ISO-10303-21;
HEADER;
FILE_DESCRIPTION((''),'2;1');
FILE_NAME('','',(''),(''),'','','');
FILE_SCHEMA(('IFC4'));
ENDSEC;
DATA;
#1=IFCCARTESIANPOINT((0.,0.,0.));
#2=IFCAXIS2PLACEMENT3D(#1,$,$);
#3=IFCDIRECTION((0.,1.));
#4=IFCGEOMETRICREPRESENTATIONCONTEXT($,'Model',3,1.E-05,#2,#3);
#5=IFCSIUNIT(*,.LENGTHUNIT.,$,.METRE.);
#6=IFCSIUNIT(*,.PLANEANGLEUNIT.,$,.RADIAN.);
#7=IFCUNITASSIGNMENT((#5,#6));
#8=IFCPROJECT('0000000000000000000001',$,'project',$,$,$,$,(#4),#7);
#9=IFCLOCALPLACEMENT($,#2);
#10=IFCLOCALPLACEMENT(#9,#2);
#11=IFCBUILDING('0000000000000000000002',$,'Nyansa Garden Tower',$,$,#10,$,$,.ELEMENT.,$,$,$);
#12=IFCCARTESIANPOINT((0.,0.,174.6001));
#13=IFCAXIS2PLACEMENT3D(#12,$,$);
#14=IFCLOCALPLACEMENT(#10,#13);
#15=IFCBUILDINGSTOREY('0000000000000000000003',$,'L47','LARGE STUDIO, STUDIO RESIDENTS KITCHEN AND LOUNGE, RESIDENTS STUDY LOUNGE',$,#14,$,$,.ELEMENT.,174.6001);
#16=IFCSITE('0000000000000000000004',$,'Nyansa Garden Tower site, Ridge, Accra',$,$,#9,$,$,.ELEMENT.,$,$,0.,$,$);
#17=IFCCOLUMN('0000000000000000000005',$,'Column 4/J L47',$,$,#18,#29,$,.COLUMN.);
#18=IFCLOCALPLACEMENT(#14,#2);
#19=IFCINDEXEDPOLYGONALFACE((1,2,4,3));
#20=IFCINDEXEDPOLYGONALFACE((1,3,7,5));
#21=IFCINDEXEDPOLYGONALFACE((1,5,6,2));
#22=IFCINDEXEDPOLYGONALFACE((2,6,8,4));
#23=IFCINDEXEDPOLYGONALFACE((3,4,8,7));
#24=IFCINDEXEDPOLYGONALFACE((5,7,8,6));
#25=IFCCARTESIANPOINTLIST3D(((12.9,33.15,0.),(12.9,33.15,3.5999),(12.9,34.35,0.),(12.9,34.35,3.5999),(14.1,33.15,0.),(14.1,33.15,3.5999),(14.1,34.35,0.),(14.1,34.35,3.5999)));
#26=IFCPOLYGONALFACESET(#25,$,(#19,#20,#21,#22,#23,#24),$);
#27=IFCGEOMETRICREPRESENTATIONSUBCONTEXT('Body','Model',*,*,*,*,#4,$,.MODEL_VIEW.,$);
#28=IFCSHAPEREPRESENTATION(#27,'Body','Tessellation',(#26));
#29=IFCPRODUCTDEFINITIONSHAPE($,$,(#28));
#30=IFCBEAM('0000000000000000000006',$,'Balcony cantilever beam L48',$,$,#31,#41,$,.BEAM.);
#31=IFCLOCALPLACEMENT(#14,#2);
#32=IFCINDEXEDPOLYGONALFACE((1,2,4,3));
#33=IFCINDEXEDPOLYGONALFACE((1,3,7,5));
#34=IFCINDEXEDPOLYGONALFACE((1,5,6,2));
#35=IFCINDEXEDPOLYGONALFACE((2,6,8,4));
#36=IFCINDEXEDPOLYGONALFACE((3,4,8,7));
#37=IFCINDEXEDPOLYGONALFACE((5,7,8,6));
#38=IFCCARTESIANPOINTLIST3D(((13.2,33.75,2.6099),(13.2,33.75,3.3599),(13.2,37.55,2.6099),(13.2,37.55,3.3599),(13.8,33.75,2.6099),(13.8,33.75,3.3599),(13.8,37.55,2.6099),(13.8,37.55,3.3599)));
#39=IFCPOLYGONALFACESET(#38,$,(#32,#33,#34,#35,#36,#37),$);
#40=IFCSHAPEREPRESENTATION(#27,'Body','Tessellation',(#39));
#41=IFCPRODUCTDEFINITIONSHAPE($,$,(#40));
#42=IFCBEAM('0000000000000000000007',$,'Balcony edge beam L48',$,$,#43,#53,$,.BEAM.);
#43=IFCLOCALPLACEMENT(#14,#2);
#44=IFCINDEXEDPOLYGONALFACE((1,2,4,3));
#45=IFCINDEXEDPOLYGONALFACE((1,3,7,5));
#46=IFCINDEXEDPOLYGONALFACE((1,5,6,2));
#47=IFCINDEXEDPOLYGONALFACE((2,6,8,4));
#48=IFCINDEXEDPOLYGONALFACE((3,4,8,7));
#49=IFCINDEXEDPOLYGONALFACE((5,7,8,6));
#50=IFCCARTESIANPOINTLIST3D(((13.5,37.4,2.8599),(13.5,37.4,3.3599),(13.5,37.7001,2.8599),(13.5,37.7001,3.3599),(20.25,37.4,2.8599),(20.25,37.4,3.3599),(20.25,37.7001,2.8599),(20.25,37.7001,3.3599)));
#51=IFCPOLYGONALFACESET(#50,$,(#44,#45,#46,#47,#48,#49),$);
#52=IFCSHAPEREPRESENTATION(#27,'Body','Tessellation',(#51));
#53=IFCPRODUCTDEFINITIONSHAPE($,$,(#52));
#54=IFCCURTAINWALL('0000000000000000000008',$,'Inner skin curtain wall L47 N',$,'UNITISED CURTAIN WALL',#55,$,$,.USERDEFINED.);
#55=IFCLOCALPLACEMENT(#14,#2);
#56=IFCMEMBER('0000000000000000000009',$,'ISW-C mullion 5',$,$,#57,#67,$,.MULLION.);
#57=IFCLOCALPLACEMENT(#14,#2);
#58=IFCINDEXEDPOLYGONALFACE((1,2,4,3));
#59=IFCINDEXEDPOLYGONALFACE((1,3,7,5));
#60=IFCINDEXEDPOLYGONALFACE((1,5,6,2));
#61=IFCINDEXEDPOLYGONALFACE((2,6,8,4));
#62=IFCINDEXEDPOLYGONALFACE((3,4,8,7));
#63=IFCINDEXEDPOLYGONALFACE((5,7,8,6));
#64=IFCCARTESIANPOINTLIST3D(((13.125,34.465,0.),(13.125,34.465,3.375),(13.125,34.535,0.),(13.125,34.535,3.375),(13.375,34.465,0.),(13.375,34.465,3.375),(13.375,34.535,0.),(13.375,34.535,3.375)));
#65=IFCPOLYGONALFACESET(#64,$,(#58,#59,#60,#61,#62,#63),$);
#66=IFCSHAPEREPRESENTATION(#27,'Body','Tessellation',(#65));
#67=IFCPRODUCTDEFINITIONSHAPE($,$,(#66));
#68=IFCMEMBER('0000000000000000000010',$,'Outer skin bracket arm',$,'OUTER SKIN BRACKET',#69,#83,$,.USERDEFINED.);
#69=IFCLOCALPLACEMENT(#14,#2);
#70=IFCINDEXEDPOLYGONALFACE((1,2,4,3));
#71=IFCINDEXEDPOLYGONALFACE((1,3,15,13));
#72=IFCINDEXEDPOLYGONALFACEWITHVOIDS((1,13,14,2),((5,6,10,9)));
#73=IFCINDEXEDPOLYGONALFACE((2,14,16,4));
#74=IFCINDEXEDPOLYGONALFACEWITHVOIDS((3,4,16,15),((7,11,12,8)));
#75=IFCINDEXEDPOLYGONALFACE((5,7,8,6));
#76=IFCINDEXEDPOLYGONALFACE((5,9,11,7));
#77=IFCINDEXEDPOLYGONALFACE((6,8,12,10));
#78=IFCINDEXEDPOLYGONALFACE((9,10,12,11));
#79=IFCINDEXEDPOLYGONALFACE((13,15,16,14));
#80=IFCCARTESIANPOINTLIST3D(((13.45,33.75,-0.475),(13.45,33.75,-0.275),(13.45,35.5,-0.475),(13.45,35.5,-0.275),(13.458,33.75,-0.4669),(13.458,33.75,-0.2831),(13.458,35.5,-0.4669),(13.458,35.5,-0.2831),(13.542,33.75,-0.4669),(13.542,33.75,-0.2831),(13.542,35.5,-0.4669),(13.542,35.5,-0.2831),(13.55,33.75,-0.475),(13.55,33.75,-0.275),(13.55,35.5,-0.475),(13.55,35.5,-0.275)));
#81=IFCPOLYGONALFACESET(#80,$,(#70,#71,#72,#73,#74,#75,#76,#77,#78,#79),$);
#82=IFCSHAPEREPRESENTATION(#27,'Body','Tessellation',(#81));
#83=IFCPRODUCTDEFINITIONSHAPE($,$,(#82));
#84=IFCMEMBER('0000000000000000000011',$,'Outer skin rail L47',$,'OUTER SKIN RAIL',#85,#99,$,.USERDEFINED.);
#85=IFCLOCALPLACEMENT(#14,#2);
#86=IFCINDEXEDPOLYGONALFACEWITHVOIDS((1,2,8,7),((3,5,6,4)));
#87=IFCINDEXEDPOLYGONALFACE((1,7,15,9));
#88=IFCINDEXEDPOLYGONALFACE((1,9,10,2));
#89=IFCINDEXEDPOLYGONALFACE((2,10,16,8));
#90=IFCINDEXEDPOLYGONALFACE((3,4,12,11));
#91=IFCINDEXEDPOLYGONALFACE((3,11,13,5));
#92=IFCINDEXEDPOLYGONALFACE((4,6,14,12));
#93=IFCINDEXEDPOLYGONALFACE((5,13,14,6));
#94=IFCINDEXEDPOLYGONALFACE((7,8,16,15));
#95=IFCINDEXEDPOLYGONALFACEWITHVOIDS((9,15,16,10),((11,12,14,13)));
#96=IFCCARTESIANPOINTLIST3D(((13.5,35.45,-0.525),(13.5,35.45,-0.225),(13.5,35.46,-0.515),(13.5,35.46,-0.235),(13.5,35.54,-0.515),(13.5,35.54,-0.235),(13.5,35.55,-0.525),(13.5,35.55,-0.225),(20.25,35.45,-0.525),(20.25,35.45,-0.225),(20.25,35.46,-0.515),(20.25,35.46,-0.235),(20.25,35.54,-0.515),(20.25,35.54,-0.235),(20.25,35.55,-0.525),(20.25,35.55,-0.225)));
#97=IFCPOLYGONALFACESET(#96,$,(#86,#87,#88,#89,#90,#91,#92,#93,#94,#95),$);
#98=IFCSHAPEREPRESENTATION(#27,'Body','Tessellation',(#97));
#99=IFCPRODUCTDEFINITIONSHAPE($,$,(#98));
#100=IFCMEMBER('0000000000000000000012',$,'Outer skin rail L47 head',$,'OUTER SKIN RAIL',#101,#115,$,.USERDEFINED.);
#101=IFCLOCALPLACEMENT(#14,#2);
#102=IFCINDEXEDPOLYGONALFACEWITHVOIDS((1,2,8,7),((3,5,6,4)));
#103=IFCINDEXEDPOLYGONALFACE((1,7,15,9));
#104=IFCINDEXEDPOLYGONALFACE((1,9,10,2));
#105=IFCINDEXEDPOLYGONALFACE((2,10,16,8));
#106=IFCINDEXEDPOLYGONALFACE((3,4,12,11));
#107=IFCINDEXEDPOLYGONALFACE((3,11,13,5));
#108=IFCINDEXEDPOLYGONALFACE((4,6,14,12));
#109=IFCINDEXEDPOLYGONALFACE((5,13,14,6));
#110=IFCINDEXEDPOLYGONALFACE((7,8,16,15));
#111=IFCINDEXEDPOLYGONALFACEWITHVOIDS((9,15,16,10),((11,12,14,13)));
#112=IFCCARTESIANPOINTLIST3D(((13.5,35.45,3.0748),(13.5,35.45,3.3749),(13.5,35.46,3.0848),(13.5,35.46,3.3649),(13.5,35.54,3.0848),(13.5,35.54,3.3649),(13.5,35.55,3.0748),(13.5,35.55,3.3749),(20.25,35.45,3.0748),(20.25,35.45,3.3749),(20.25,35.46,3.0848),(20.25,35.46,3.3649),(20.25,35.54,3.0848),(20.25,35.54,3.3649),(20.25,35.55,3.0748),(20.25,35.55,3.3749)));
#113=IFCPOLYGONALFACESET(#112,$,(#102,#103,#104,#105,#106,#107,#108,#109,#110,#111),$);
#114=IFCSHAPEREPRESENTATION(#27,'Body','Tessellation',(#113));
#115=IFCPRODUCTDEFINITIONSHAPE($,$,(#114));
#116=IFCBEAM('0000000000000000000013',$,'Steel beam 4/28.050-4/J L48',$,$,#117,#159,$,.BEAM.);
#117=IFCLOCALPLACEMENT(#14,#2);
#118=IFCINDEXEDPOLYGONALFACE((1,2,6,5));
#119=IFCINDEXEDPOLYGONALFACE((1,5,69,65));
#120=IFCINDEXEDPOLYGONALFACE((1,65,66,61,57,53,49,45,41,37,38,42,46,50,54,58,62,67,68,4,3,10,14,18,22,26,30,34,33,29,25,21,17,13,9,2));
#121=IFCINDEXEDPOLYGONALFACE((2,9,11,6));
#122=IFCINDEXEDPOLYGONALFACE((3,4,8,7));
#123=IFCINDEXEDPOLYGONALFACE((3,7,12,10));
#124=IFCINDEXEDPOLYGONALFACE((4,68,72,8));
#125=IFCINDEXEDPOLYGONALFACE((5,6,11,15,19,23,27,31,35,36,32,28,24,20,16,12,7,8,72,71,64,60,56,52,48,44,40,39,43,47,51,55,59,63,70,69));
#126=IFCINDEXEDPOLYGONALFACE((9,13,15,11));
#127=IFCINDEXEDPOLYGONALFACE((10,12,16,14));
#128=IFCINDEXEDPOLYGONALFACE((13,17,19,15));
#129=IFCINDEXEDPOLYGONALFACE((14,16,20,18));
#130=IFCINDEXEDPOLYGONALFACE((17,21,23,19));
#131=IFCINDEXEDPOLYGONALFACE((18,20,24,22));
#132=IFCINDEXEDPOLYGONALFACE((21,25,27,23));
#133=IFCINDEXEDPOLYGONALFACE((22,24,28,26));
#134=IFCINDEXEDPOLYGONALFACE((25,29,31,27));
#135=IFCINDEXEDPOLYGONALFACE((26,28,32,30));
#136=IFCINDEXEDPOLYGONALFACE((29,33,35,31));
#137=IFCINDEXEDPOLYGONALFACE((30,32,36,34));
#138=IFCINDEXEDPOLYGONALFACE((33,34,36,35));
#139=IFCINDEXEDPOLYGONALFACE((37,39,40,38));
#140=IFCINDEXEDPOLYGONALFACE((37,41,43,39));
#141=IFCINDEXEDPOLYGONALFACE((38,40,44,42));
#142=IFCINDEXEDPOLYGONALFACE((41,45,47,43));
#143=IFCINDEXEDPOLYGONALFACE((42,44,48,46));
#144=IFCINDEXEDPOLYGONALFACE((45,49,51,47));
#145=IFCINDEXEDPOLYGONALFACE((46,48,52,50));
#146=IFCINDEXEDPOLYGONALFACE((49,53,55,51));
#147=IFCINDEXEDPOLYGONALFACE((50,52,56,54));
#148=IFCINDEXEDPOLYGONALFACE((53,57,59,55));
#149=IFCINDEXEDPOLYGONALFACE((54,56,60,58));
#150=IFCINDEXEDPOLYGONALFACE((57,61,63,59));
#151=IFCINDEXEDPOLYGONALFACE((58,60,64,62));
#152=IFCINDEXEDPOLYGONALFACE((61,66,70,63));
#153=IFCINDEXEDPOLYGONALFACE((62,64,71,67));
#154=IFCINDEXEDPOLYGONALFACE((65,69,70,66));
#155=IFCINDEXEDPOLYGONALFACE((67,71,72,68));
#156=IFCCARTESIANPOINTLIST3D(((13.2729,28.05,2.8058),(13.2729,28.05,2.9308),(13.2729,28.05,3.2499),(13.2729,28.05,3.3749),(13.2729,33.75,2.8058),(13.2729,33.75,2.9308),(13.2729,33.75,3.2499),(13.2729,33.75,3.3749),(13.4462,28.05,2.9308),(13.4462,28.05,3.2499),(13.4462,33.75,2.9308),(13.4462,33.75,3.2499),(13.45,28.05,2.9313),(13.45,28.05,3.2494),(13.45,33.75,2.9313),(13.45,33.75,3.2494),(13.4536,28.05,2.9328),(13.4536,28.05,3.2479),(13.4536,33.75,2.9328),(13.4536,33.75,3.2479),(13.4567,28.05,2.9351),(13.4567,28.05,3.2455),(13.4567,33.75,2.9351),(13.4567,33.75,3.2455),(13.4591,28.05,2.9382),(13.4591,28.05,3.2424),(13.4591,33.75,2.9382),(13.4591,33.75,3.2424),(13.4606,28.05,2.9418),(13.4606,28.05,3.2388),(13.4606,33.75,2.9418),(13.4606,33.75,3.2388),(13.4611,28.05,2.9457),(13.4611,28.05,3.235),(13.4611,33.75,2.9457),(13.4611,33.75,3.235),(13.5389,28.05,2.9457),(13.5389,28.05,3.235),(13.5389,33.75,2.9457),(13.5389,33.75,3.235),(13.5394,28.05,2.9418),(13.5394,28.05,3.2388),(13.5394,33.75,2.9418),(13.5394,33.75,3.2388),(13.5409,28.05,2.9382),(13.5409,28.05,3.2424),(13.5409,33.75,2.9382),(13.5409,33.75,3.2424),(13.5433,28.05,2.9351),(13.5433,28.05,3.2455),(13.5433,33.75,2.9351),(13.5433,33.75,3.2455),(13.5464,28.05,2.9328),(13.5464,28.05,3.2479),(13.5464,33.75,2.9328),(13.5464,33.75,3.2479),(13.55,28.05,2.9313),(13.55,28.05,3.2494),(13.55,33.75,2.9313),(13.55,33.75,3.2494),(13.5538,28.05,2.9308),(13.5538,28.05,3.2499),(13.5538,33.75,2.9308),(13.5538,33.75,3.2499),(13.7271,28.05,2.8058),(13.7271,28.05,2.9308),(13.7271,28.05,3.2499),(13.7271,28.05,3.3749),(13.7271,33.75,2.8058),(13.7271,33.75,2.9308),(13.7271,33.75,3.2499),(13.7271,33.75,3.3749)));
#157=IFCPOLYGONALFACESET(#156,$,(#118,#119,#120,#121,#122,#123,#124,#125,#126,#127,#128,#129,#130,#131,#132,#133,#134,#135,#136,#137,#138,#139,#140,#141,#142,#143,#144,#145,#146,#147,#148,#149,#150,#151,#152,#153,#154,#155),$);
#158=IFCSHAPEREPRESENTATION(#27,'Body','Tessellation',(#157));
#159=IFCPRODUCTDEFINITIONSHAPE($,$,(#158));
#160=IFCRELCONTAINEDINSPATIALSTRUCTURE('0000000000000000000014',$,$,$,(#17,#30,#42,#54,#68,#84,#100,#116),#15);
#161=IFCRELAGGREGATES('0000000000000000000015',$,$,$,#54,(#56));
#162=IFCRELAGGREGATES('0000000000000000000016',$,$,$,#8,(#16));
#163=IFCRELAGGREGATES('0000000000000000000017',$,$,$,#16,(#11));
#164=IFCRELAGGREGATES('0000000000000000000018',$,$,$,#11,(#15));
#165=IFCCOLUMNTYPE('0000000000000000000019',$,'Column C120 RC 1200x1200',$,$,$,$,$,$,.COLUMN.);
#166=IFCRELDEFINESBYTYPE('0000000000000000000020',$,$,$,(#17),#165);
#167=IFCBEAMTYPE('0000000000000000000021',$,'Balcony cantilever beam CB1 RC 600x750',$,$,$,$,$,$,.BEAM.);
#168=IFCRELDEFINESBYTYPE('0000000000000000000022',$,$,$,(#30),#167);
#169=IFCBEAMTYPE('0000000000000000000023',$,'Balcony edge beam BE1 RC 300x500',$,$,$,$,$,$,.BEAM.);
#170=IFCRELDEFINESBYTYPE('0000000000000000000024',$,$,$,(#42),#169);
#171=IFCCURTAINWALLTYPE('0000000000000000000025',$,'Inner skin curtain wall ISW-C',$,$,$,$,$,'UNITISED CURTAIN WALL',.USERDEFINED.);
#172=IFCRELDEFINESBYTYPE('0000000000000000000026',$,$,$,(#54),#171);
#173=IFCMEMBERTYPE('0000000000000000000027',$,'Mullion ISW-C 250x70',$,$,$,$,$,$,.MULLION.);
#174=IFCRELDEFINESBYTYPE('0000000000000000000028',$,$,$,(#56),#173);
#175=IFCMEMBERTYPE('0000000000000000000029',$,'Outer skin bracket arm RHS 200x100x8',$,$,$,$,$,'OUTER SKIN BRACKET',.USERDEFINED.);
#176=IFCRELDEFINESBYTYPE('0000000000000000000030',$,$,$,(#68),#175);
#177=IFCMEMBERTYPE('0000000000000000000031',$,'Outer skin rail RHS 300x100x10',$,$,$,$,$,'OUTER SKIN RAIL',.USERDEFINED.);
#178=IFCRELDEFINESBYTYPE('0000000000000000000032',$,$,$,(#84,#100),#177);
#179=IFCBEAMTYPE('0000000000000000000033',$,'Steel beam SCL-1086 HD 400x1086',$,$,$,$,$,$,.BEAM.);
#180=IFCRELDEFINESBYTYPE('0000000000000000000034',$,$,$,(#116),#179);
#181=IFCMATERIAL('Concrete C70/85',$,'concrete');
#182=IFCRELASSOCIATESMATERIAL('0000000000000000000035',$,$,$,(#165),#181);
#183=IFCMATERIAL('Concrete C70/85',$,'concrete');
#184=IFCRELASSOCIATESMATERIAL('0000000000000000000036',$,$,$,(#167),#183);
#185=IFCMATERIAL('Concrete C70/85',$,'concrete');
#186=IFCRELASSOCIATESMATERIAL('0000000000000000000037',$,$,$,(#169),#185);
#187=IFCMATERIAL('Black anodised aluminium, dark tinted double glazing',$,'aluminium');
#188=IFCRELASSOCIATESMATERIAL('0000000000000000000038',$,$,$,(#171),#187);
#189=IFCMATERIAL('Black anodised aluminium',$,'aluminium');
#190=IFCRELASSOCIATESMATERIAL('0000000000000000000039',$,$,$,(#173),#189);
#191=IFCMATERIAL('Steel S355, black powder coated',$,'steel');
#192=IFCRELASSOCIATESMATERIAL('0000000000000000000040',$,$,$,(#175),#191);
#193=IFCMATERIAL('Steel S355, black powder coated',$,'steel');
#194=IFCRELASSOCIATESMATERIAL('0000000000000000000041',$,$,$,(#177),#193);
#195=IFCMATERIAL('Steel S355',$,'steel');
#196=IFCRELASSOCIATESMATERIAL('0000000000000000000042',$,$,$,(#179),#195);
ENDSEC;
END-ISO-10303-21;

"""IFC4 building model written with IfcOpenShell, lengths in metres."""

from ifc_helpers import new_model, si_unit, direction, frame, origin, origin_2d, place, context, subcontext, project, spatial, rectangle, hollow_rectangle, i_section, extrude, material, material_profile, profile_set, type_object, element, aggregate, save


model = new_model("IFC4")

# Units and contexts
model_context = context("Model", 3, precision=1e-05, world=origin(), true_north=direction((0.0, 1.0)))
body_context = subcontext(model_context, "Body", "Model", "MODEL_VIEW")
ifc_project = project(units=[si_unit("LENGTHUNIT", "METRE"), si_unit("PLANEANGLEUNIT", "RADIAN")], contexts=[model_context])

# Site, building, storey
site_placement = place(None, origin())
site = spatial("IfcSite", under=ifc_project, at=site_placement, Name="Nyansa Garden Tower site, Ridge, Accra", CompositionType="ELEMENT", RefElevation=0.0)
building_placement = place(site_placement, origin())
building = spatial("IfcBuilding", under=site, at=building_placement, Name="Nyansa Garden Tower", CompositionType="ELEMENT")
storey_placement = place(building_placement, frame((0.0, 0.0, 174.6001)))
storey = spatial("IfcBuildingStorey", under=building, at=storey_placement, Name="L47", Description="LARGE STUDIO, STUDIO RESIDENTS KITCHEN AND LOUNGE, RESIDENTS STUDY LOUNGE", CompositionType="ELEMENT", Elevation=174.6001)

# Column
ifc_material_1 = material(Name="Concrete C70/85", Category="concrete")
ifc_material_profile_1 = material_profile(ifc_material_1, rectangle(XDim=1.2, YDim=1.2, at=origin_2d()), Name="RC 1200x1200")
ifc_profile_set_1 = profile_set([ifc_material_profile_1], Name="Concrete C70/85")
column_type = type_object("IfcColumnType", Name="Column C120 RC 1200x1200", PredefinedType="COLUMN", material=ifc_profile_set_1)
column_placement = place(storey_placement, frame((13.5, 33.75, 0.0), z_axis=(0.0, 0.0, 1.0), x_axis=(1.0, 0.0, 0.0)))
element("IfcColumn", 1, at=column_placement, inside=storey, type_object=column_type, Name="Column 4/J L47", PredefinedType="COLUMN", context=body_context, shape_type="SweptSolid", body=[
    extrude(rectangle(XDim=1.2, YDim=1.2, at=origin_2d()), origin(), (0.0, 0.0, 1.0), 3.5999),
])

# Beams
ifc_material_2 = material(Name="Concrete C70/85", Category="concrete")
ifc_material_profile_2 = material_profile(ifc_material_2, rectangle(XDim=0.6001, YDim=0.75, at=origin_2d()), Name="RC 600x750")
ifc_profile_set_2 = profile_set([ifc_material_profile_2], Name="Concrete C70/85")
beam_type_1 = type_object("IfcBeamType", Name="Balcony cantilever beam CB1 RC 600x750", PredefinedType="BEAM", material=ifc_profile_set_2)
beam_1_placement = place(storey_placement, frame((13.5, 33.75, 2.9849), z_axis=(0.0, 1.0, 0.0), x_axis=(-1.0, 0.0, 0.0)))
element("IfcBeam", 2, at=beam_1_placement, inside=storey, type_object=beam_type_1, Name="Balcony cantilever beam L48", PredefinedType="BEAM", context=body_context, shape_type="SweptSolid", body=[
    extrude(rectangle(XDim=0.6001, YDim=0.75, at=origin_2d()), origin(), (0.0, 0.0, 1.0), 3.8),
])
ifc_material_3 = material(Name="Concrete C70/85", Category="concrete")
ifc_material_profile_3 = material_profile(ifc_material_3, rectangle(XDim=0.3, YDim=0.5, at=origin_2d()), Name="RC 300x500")
ifc_profile_set_3 = profile_set([ifc_material_profile_3], Name="Concrete C70/85")
beam_type_2 = type_object("IfcBeamType", Name="Balcony edge beam BE1 RC 300x500", PredefinedType="BEAM", material=ifc_profile_set_3)
beam_2_placement = place(storey_placement, frame((13.5, 37.55, 3.1099), z_axis=(1.0, 0.0, 0.0), x_axis=(0.0, 1.0, 0.0)))
element("IfcBeam", 3, at=beam_2_placement, inside=storey, type_object=beam_type_2, Name="Balcony edge beam L48", PredefinedType="BEAM", context=body_context, shape_type="SweptSolid", body=[
    extrude(rectangle(XDim=0.3, YDim=0.5, at=origin_2d()), origin(), (0.0, 0.0, 1.0), 6.75),
])

# Curtain wall, member
ifc_material_4 = material(Name="Black anodised aluminium, dark tinted double glazing", Category="aluminium")
curtain_wall_type = type_object("IfcCurtainWallType", Name="Inner skin curtain wall ISW-C", ElementType="UNITISED CURTAIN WALL", PredefinedType="USERDEFINED", material=ifc_material_4)
curtain_wall_placement = place(storey_placement, origin())
curtain_wall = element("IfcCurtainWall", 4, at=curtain_wall_placement, inside=storey, type_object=curtain_wall_type, Name="Inner skin curtain wall L47 N", ObjectType="UNITISED CURTAIN WALL", PredefinedType="USERDEFINED")
ifc_material_5 = material(Name="Black anodised aluminium", Category="aluminium")
ifc_material_profile_4 = material_profile(ifc_material_5, rectangle(XDim=0.0701, YDim=0.25, at=origin_2d()), Name="Mullion 250x70")
ifc_profile_set_4 = profile_set([ifc_material_profile_4], Name="Black anodised aluminium")
member_type_1 = type_object("IfcMemberType", Name="Mullion ISW-C 250x70", PredefinedType="MULLION", material=ifc_profile_set_4)
member_1_placement = place(storey_placement, frame((13.25, 34.5, 0.0), z_axis=(0.0, 0.0, 1.0), x_axis=(0.0, -1.0, 0.0)))
member_1 = element("IfcMember", 5, at=member_1_placement, type_object=member_type_1, Name="ISW-C mullion 5", PredefinedType="MULLION", context=body_context, shape_type="SweptSolid", body=[
    extrude(rectangle(XDim=0.0701, YDim=0.25, at=origin_2d()), origin(), (0.0, 0.0, 1.0), 3.375),
])

# Members
ifc_material_6 = material(Name="Steel S355, black powder coated", Category="steel")
ifc_material_profile_5 = material_profile(ifc_material_6, hollow_rectangle(XDim=0.1001, YDim=0.2, WallThickness=0.0081, at=origin_2d()), Name="RHS 200x100x8")
ifc_profile_set_5 = profile_set([ifc_material_profile_5], Name="Steel S355, black powder coated")
member_type_2 = type_object("IfcMemberType", Name="Outer skin bracket arm RHS 200x100x8", ElementType="OUTER SKIN BRACKET", PredefinedType="USERDEFINED", material=ifc_profile_set_5)
member_2_placement = place(storey_placement, frame((13.5, 33.75, -0.375), z_axis=(0.0, 1.0, 0.0), x_axis=(-1.0, 0.0, 0.0)))
element("IfcMember", 6, at=member_2_placement, inside=storey, type_object=member_type_2, Name="Outer skin bracket arm", ObjectType="OUTER SKIN BRACKET", PredefinedType="USERDEFINED", context=body_context, shape_type="SweptSolid", body=[
    extrude(hollow_rectangle(XDim=0.1001, YDim=0.2, WallThickness=0.0081, at=origin_2d()), origin(), (0.0, 0.0, 1.0), 1.75),
])
ifc_material_7 = material(Name="Steel S355, black powder coated", Category="steel")
ifc_material_profile_6 = material_profile(ifc_material_7, hollow_rectangle(XDim=0.1001, YDim=0.3, WallThickness=0.01, at=origin_2d()), Name="RHS 300x100x10")
ifc_profile_set_6 = profile_set([ifc_material_profile_6], Name="Steel S355, black powder coated")
member_type_3 = type_object("IfcMemberType", Name="Outer skin rail RHS 300x100x10", ElementType="OUTER SKIN RAIL", PredefinedType="USERDEFINED", material=ifc_profile_set_6)
for number, where, z_axis, x_axis, name in (
    (7, (13.5, 35.5, -0.375), (1.0, 0.0, 0.0), (0.0, 1.0, 0.0), "Outer skin rail L47"),
    (8, (13.5, 35.5, 3.2249), (1.0, 0.0, 0.0), (0.0, 1.0, 0.0), "Outer skin rail L47 head"),
):
    element("IfcMember", number, at=place(storey_placement, frame(where, z_axis=z_axis, x_axis=x_axis)), inside=storey, type_object=member_type_3, Name=name, ObjectType="OUTER SKIN RAIL", PredefinedType="USERDEFINED", context=body_context, shape_type="SweptSolid", body=[
        extrude(hollow_rectangle(XDim=0.1001, YDim=0.3, WallThickness=0.01, at=origin_2d()), origin(), (0.0, 0.0, 1.0), 6.75),
    ])

# Beam
ifc_material_8 = material(Name="Steel S355", Category="steel")
ifc_material_profile_7 = material_profile(ifc_material_8, i_section(OverallWidth=0.4541, OverallDepth=0.5691, WebThickness=0.0779, FlangeThickness=0.125, FilletRadius=0.0149, at=origin_2d()), Name="HD 400x1086")
ifc_profile_set_7 = profile_set([ifc_material_profile_7], Name="Steel S355")
beam_type_3 = type_object("IfcBeamType", Name="Steel beam SCL-1086 HD 400x1086", PredefinedType="BEAM", material=ifc_profile_set_7)
beam_3_placement = place(storey_placement, frame((13.5, 28.05, 3.0903), z_axis=(0.0, 1.0, 0.0), x_axis=(-1.0, 0.0, 0.0)))
element("IfcBeam", 9, at=beam_3_placement, inside=storey, type_object=beam_type_3, Name="Steel beam 4/28.050-4/J L48", PredefinedType="BEAM", context=body_context, shape_type="SweptSolid", body=[
    extrude(i_section(OverallWidth=0.4541, OverallDepth=0.5691, WebThickness=0.0779, FlangeThickness=0.125, FilletRadius=0.0149, at=origin_2d()), origin(), (0.0, 0.0, 1.0), 5.7),
])

aggregate(curtain_wall, [member_1])

save(model, "model.ifc")
